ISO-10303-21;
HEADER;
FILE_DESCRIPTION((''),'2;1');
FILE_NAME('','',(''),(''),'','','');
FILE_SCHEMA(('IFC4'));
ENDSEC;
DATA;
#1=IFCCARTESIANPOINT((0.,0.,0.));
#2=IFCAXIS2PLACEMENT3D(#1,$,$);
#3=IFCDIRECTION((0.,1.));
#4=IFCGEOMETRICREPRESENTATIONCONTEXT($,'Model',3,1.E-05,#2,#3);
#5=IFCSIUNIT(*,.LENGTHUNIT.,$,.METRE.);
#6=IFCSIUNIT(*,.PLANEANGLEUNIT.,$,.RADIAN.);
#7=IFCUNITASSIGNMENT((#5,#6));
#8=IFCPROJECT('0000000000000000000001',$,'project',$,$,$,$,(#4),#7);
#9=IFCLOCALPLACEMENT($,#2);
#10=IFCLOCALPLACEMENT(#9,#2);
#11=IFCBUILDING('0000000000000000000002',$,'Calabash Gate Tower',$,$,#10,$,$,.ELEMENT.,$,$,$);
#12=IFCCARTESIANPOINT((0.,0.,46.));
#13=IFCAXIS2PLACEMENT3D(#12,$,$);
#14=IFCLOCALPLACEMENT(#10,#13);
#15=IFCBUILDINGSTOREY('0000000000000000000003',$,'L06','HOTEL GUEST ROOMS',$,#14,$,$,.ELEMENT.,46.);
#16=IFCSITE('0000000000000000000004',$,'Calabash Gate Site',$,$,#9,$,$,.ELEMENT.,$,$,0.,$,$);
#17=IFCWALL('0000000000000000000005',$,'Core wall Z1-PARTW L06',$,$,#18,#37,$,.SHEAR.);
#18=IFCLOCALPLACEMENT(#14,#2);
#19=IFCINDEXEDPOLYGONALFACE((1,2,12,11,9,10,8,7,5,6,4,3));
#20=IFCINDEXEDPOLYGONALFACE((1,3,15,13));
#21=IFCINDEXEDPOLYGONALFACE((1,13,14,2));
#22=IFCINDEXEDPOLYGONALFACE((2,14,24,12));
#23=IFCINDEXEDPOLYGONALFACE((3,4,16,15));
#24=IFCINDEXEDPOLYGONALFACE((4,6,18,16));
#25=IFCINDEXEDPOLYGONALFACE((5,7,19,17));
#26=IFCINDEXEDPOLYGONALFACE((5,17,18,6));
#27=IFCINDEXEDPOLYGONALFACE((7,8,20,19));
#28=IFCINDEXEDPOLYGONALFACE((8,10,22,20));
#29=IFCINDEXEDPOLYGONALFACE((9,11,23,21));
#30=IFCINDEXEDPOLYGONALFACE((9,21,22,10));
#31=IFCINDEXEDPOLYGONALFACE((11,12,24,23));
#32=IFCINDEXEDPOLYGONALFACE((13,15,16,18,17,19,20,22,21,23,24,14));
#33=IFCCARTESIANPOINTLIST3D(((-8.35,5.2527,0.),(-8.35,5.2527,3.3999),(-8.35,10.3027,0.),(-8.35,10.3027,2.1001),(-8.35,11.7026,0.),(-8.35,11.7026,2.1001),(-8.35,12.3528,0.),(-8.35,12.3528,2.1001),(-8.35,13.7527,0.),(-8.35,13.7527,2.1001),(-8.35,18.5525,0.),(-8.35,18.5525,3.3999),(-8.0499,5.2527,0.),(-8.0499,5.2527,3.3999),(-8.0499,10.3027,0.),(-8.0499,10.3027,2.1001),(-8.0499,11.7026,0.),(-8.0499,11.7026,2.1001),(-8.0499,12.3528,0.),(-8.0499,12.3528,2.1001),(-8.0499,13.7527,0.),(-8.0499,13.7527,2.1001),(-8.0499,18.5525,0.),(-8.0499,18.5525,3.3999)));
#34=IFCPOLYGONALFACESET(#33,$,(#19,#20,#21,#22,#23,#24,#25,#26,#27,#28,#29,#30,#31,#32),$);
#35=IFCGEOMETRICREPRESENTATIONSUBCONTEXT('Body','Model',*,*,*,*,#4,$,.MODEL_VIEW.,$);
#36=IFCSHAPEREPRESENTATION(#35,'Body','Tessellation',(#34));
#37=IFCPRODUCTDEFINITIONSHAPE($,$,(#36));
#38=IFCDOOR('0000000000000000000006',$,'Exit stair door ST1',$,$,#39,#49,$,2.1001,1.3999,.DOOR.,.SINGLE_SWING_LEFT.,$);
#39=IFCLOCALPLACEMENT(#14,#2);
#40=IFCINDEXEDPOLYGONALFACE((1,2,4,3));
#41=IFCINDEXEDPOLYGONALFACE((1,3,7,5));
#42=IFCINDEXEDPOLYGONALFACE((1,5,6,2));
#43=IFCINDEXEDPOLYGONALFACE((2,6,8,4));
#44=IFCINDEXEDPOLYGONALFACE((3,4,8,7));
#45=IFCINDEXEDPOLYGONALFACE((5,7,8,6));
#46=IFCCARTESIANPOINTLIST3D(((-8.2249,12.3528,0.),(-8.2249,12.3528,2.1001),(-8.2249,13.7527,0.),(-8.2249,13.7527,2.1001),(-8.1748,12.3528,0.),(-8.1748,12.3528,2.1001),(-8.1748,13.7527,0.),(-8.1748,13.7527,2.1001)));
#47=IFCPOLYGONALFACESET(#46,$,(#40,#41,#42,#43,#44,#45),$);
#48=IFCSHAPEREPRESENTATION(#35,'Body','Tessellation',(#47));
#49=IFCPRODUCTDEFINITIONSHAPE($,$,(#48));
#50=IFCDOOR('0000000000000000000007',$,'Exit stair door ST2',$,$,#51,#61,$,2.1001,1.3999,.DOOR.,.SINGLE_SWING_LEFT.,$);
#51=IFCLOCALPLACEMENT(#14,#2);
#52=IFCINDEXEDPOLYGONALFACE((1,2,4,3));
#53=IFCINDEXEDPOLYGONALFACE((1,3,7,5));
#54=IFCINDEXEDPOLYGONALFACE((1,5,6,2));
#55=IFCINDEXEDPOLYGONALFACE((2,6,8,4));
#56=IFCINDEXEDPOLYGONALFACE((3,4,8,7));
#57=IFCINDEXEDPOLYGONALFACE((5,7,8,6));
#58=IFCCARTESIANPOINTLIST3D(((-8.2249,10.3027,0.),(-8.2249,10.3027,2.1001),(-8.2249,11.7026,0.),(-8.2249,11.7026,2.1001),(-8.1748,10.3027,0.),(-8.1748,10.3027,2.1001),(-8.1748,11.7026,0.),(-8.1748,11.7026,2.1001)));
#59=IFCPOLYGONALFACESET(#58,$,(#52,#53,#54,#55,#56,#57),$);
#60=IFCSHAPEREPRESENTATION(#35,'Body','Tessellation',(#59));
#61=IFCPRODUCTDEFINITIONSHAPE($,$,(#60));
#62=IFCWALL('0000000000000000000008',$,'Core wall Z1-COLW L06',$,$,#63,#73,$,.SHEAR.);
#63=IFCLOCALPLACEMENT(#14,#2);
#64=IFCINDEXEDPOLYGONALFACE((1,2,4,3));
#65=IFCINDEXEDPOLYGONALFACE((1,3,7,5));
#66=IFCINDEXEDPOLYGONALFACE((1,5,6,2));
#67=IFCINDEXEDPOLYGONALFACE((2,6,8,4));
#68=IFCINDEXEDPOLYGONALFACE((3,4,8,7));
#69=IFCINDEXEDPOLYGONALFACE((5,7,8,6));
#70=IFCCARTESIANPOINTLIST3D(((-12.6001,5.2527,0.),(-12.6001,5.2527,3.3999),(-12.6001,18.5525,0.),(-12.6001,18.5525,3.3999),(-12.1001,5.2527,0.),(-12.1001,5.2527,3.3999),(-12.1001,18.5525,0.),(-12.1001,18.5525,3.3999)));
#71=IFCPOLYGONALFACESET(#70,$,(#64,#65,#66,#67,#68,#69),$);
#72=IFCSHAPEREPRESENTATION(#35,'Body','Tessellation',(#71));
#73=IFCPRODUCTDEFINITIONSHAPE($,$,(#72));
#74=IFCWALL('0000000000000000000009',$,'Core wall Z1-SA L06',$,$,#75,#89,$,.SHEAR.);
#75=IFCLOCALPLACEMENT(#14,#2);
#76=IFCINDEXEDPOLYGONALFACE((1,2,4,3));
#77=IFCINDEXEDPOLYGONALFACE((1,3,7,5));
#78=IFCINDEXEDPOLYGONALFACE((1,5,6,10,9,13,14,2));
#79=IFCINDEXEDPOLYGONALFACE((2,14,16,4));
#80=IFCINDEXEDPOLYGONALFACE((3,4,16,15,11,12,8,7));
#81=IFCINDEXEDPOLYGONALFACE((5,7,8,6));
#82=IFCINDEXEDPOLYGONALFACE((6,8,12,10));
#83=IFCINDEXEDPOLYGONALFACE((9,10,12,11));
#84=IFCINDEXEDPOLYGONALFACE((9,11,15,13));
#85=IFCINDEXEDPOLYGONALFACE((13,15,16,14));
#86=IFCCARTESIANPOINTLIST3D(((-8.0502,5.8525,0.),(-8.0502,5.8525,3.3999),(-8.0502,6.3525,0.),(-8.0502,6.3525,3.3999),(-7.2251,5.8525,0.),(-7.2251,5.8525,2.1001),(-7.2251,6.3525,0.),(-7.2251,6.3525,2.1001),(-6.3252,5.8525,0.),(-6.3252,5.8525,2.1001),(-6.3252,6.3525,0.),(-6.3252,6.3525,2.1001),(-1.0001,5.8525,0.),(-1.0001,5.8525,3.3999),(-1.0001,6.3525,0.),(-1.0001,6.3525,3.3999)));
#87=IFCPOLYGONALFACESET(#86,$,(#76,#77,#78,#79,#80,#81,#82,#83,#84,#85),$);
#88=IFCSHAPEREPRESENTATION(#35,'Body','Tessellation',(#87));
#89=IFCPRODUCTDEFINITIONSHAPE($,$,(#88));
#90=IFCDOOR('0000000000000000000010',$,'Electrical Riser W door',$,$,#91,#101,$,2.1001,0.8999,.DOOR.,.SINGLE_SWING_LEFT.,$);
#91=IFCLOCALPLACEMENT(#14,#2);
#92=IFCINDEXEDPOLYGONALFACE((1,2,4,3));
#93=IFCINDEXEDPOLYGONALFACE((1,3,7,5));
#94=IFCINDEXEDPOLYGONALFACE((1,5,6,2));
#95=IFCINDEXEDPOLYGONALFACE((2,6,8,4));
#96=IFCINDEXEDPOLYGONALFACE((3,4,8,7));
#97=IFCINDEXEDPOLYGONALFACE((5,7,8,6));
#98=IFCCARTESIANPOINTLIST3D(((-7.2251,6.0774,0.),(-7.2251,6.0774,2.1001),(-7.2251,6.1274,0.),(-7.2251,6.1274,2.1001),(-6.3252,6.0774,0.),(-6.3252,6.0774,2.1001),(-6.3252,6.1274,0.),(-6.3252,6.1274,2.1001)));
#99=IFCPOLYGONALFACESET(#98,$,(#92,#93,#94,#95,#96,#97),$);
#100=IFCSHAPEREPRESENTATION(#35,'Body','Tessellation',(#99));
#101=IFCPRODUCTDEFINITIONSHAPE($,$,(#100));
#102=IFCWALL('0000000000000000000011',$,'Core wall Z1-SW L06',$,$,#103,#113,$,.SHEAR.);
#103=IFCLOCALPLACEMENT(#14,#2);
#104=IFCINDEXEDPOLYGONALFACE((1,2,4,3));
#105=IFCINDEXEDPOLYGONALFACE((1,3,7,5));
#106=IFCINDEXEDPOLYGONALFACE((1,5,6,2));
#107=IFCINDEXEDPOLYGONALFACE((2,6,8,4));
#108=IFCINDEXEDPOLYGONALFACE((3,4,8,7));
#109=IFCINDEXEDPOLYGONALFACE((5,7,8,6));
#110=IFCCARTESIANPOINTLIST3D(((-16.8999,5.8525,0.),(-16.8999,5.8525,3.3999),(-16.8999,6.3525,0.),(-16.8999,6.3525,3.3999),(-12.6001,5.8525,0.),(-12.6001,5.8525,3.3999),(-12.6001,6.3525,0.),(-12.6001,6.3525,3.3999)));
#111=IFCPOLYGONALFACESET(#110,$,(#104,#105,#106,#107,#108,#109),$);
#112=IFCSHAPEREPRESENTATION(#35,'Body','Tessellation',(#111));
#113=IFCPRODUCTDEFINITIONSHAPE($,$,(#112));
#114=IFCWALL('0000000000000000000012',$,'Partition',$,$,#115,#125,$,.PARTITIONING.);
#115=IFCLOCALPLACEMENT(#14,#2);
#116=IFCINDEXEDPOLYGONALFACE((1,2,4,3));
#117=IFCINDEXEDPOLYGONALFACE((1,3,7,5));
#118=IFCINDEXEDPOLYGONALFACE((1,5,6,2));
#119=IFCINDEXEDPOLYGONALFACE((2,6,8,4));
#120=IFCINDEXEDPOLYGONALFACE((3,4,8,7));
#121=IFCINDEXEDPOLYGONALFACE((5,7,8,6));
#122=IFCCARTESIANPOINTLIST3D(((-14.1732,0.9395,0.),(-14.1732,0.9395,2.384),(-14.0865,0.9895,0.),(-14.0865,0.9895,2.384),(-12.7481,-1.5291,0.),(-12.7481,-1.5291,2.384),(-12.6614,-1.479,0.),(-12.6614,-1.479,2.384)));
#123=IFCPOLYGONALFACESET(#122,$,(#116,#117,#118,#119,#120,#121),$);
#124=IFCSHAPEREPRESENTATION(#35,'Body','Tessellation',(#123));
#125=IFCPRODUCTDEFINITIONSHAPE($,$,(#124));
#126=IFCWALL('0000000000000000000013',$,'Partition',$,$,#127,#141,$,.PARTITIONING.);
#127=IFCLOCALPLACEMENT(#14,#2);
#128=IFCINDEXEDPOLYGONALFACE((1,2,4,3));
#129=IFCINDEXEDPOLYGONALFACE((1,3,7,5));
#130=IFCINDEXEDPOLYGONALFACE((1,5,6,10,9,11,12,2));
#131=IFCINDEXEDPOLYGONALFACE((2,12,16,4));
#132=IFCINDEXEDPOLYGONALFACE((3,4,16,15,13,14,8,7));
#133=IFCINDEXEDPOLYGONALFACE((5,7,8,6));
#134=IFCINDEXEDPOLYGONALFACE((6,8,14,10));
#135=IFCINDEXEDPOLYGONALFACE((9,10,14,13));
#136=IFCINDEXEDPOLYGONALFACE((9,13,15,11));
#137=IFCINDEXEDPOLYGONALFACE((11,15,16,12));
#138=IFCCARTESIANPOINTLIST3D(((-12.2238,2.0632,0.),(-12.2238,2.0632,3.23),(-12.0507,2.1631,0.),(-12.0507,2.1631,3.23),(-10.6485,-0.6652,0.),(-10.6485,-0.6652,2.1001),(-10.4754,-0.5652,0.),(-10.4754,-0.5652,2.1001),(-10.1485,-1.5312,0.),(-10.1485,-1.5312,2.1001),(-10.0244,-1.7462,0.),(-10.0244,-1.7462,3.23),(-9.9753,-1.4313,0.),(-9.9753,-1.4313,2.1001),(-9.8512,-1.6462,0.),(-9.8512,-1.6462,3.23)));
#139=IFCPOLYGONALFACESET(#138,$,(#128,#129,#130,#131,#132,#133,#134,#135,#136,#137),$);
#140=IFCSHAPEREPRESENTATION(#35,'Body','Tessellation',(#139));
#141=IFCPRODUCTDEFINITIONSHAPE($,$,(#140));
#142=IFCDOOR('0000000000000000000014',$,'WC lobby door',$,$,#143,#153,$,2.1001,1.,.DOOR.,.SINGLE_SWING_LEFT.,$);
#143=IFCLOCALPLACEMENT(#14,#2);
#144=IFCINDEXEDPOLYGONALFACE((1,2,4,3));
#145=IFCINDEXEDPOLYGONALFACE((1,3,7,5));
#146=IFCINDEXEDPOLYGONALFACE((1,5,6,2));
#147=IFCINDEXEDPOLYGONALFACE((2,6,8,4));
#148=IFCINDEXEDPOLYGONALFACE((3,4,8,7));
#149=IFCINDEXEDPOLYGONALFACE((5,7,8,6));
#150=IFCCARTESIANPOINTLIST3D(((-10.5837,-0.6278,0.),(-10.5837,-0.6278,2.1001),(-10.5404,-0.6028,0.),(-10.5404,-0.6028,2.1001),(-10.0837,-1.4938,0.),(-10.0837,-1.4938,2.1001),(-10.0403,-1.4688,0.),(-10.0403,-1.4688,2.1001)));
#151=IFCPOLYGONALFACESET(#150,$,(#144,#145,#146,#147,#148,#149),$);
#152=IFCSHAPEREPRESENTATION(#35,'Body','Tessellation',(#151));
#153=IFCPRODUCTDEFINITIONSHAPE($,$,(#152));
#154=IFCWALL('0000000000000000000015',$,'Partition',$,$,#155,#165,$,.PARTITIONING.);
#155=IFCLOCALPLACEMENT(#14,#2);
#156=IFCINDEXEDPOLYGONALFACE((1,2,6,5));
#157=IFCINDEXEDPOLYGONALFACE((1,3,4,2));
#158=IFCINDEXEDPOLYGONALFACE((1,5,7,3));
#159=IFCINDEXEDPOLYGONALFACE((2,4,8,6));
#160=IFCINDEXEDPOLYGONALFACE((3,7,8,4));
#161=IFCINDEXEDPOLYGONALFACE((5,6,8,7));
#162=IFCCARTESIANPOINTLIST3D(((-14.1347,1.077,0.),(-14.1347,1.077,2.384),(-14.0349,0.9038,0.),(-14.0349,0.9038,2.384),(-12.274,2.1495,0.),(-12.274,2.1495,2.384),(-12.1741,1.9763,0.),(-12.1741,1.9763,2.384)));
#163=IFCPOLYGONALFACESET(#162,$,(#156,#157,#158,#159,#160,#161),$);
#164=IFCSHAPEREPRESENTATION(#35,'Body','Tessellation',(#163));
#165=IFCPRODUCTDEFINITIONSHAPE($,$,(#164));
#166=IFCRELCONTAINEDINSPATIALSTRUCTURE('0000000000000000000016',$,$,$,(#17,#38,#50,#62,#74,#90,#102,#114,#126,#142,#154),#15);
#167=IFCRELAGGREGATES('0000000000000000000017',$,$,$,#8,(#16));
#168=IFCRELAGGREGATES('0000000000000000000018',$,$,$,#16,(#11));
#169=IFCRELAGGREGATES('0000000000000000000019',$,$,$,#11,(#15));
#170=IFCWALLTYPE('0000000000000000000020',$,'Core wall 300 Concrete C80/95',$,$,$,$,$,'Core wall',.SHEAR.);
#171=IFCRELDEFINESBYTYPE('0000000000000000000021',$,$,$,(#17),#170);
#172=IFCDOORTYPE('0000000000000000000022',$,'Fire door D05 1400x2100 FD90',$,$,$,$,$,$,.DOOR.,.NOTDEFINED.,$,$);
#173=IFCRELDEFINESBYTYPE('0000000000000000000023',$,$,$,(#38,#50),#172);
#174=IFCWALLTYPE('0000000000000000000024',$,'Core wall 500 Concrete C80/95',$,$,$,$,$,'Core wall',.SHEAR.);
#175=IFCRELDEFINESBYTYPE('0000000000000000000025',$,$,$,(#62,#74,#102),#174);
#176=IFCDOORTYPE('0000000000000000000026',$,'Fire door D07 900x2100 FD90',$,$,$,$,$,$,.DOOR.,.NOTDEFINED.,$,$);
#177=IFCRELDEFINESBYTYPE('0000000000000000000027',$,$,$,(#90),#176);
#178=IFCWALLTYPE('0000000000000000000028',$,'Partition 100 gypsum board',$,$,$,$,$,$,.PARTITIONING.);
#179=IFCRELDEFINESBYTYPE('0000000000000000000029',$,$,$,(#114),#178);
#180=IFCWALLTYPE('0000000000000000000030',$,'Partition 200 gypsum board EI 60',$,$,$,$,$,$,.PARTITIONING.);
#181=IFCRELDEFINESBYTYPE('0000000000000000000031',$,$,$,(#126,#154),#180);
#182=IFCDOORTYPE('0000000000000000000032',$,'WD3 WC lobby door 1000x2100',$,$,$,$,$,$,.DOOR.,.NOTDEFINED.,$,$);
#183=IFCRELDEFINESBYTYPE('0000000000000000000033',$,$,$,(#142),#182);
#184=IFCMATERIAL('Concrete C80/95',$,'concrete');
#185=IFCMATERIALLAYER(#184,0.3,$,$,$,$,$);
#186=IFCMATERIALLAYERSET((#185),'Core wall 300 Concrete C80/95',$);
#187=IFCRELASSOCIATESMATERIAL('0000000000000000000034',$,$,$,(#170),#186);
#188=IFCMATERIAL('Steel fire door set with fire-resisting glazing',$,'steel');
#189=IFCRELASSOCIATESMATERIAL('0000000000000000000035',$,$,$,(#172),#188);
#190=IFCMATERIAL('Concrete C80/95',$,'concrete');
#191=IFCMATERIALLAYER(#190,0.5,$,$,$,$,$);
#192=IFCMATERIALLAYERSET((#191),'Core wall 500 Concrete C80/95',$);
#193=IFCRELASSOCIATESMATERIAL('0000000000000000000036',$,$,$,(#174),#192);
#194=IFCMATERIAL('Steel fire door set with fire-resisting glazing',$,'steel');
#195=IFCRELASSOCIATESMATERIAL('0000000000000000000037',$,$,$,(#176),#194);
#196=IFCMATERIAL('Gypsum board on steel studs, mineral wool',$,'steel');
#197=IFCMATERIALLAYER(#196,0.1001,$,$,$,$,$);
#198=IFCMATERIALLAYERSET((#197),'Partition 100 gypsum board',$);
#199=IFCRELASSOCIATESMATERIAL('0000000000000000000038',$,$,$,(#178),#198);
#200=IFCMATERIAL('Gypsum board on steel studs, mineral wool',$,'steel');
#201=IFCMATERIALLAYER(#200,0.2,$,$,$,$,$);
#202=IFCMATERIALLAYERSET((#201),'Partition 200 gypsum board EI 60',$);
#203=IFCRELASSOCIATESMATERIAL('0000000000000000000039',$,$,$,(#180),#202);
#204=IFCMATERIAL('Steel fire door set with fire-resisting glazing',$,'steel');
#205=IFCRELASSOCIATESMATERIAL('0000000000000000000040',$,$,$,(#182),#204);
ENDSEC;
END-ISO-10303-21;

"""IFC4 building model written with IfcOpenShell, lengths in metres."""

from ifc_helpers import new_model, si_unit, direction, frame, frame_2d, origin, place, context, subcontext, project, spatial, rectangle, extrude, material, layer, layer_set, type_object, element, fill, save


model = new_model("IFC4")

# Units and contexts
model_context = context("Model", 3, precision=1e-05, world=origin(), true_north=direction((0.0, 1.0)))
body_context = subcontext(model_context, "Body", "Model", "MODEL_VIEW")
ifc_project = project(units=[si_unit("LENGTHUNIT", "METRE"), si_unit("PLANEANGLEUNIT", "RADIAN")], contexts=[model_context])

# Site, building, storey
site_placement = place(None, origin())
site = spatial("IfcSite", under=ifc_project, at=site_placement, Name="Calabash Gate Site", CompositionType="ELEMENT", RefElevation=0.0)
building_placement = place(site_placement, origin())
building = spatial("IfcBuilding", under=site, at=building_placement, Name="Calabash Gate Tower", CompositionType="ELEMENT")
storey_placement = place(building_placement, frame((0.0, 0.0, 46.0)))
storey = spatial("IfcBuildingStorey", under=building, at=storey_placement, Name="L06", Description="HOTEL GUEST ROOMS", CompositionType="ELEMENT", Elevation=46.0)

# Wall, openings, doors
ifc_material_1 = material(Name="Concrete C80/95", Category="concrete")
ifc_layer_1 = layer(ifc_material_1, 0.3)
ifc_layer_set_1 = layer_set([ifc_layer_1], Name="Core wall 300 Concrete C80/95")
wall_type_1 = type_object("IfcWallType", Name="Core wall 300 Concrete C80/95", ElementType="Core wall", PredefinedType="SHEAR", material=ifc_layer_set_1)
wall_1_placement = place(storey_placement, frame((-8.2, 5.2527, 0.0), z_axis=(0.0, 0.0, 1.0), x_axis=(0.0, 1.0, 0.0)))
wall_1 = element("IfcWall", 1, at=wall_1_placement, inside=storey, type_object=wall_type_1, Name="Core wall Z1-PARTW L06", PredefinedType="SHEAR", context=body_context, shape_type="SweptSolid", body=[
    extrude(rectangle(XDim=13.2998, YDim=0.3, at=frame_2d((6.6499, 0.0))), origin(), (0.0, 0.0, 1.0), 3.3999),
])
opening_1_placement = place(wall_1_placement, frame((7.1001, 0.0, 0.0)))
opening_1 = element("IfcOpeningElement", 2, at=opening_1_placement, cuts=wall_1, PredefinedType="OPENING", context=body_context, shape_type="SweptSolid", body=[
    extrude(rectangle(XDim=1.3999, YDim=2.1001, at=frame_2d((0.7, 1.05))), frame((0.0, 0.1599, 0.0), z_axis=(0.0, -1.0, 0.0), x_axis=(1.0, 0.0, 0.0)), (0.0, 0.0, 1.0), 0.3201),
])
opening_2_placement = place(wall_1_placement, frame((5.05, 0.0, 0.0)))
opening_2 = element("IfcOpeningElement", 3, at=opening_2_placement, cuts=wall_1, PredefinedType="OPENING", context=body_context, shape_type="SweptSolid", body=[
    extrude(rectangle(XDim=1.3999, YDim=2.1001, at=frame_2d((0.7, 1.05))), frame((0.0, 0.1599, 0.0), z_axis=(0.0, -1.0, 0.0), x_axis=(1.0, 0.0, 0.0)), (0.0, 0.0, 1.0), 0.3201),
])
ifc_material_2 = material(Name="Steel fire door set with fire-resisting glazing", Category="steel")
door_type_1 = type_object("IfcDoorType", Name="Fire door D05 1400x2100 FD90", OperationType="NOTDEFINED", PredefinedType="DOOR", material=ifc_material_2)
door_1_placement = place(opening_1_placement, origin())
door_1 = element("IfcDoor", 4, at=door_1_placement, inside=storey, type_object=door_type_1, Name="Exit stair door ST1", OperationType="SINGLE_SWING_LEFT", OverallHeight=2.1001, OverallWidth=1.3999, PredefinedType="DOOR", context=body_context, shape_type="SweptSolid", body=[
    extrude(rectangle(XDim=1.3999, YDim=2.1001, at=frame_2d((0.7, 1.05))), frame((0.0, 0.0249, 0.0), z_axis=(0.0, -1.0, 0.0), x_axis=(1.0, 0.0, 0.0)), (0.0, 0.0, 1.0), 0.05),
])
fill(opening_1, door_1)
door_2_placement = place(opening_2_placement, origin())
door_2 = element("IfcDoor", 5, at=door_2_placement, inside=storey, type_object=door_type_1, Name="Exit stair door ST2", OperationType="SINGLE_SWING_LEFT", OverallHeight=2.1001, OverallWidth=1.3999, PredefinedType="DOOR", context=body_context, shape_type="SweptSolid", body=[
    extrude(rectangle(XDim=1.3999, YDim=2.1001, at=frame_2d((0.7, 1.05))), frame((0.0, 0.0249, 0.0), z_axis=(0.0, -1.0, 0.0), x_axis=(1.0, 0.0, 0.0)), (0.0, 0.0, 1.0), 0.05),
])
fill(opening_2, door_2)

# Wall
ifc_material_3 = material(Name="Concrete C80/95", Category="concrete")
ifc_layer_2 = layer(ifc_material_3, 0.5)
ifc_layer_set_2 = layer_set([ifc_layer_2], Name="Core wall 500 Concrete C80/95")
wall_type_2 = type_object("IfcWallType", Name="Core wall 500 Concrete C80/95", ElementType="Core wall", PredefinedType="SHEAR", material=ifc_layer_set_2)
wall_2_placement = place(storey_placement, frame((-12.3501, 5.2527, 0.0), z_axis=(0.0, 0.0, 1.0), x_axis=(0.0, 1.0, 0.0)))
element("IfcWall", 6, at=wall_2_placement, inside=storey, type_object=wall_type_2, Name="Core wall Z1-COLW L06", PredefinedType="SHEAR", context=body_context, shape_type="SweptSolid", body=[
    extrude(rectangle(XDim=13.2998, YDim=0.5, at=frame_2d((6.6499, 0.0))), origin(), (0.0, 0.0, 1.0), 3.3999),
])

# Wall, opening, door
wall_3_placement = place(storey_placement, frame((-8.05, 6.1025, 0.0), z_axis=(0.0, 0.0, 1.0), x_axis=(1.0, 0.0, 0.0)))
wall_3 = element("IfcWall", 7, at=wall_3_placement, inside=storey, type_object=wall_type_2, Name="Core wall Z1-SA L06", PredefinedType="SHEAR", context=body_context, shape_type="SweptSolid", body=[
    extrude(rectangle(XDim=7.05, YDim=0.5, at=frame_2d((3.5249, 0.0))), origin(), (0.0, 0.0, 1.0), 3.3999),
])
opening_3_placement = place(wall_3_placement, frame((0.825, 0.0, 0.0)))
opening_3 = element("IfcOpeningElement", 8, at=opening_3_placement, cuts=wall_3, PredefinedType="OPENING", context=body_context, shape_type="SweptSolid", body=[
    extrude(rectangle(XDim=0.8999, YDim=2.1001, at=frame_2d((0.45, 1.05))), frame((0.0, 0.26, 0.0), z_axis=(0.0, -1.0, 0.0), x_axis=(1.0, 0.0, 0.0)), (0.0, 0.0, 1.0), 0.52),
])
ifc_material_4 = material(Name="Steel fire door set with fire-resisting glazing", Category="steel")
door_type_2 = type_object("IfcDoorType", Name="Fire door D07 900x2100 FD90", OperationType="NOTDEFINED", PredefinedType="DOOR", material=ifc_material_4)
door_3_placement = place(opening_3_placement, origin())
door_3 = element("IfcDoor", 9, at=door_3_placement, inside=storey, type_object=door_type_2, Name="Electrical Riser W door", OperationType="SINGLE_SWING_LEFT", OverallHeight=2.1001, OverallWidth=0.8999, PredefinedType="DOOR", context=body_context, shape_type="SweptSolid", body=[
    extrude(rectangle(XDim=0.8999, YDim=2.1001, at=frame_2d((0.45, 1.05))), frame((0.0, 0.0249, 0.0), z_axis=(0.0, -1.0, 0.0), x_axis=(1.0, 0.0, 0.0)), (0.0, 0.0, 1.0), 0.05),
])
fill(opening_3, door_3)

# Walls
wall_4_placement = place(storey_placement, frame((-12.6001, 6.1025, 0.0), z_axis=(0.0, 0.0, 1.0), x_axis=(-1.0, 0.0, 0.0)))
element("IfcWall", 10, at=wall_4_placement, inside=storey, type_object=wall_type_2, Name="Core wall Z1-SW L06", PredefinedType="SHEAR", context=body_context, shape_type="SweptSolid", body=[
    extrude(rectangle(XDim=4.2998, YDim=0.5, at=frame_2d((2.1499, 0.0))), origin(), (0.0, 0.0, 1.0), 3.3999),
])
ifc_material_5 = material(Name="Gypsum board on steel studs, mineral wool", Category="steel")
ifc_layer_3 = layer(ifc_material_5, 0.1001)
ifc_layer_set_3 = layer_set([ifc_layer_3], Name="Partition 100 gypsum board")
wall_type_3 = type_object("IfcWallType", Name="Partition 100 gypsum board", PredefinedType="PARTITIONING", material=ifc_layer_set_3)
wall_5_placement = place(storey_placement, frame((-14.1299, 0.9646, 0.0), z_axis=(0.0, 0.0, 1.0), x_axis=(0.499962, -0.866047, 0.0)))
element("IfcWall", 11, at=wall_5_placement, inside=storey, type_object=wall_type_3, Name="Partition", PredefinedType="PARTITIONING", context=body_context, shape_type="SweptSolid", body=[
    extrude(rectangle(XDim=2.8503, YDim=0.1001, at=frame_2d((1.4253, 0.0))), origin(), (0.0, 0.0, 1.0), 2.384),
])

# Wall, opening, door
ifc_material_6 = material(Name="Gypsum board on steel studs, mineral wool", Category="steel")
ifc_layer_4 = layer(ifc_material_6, 0.2)
ifc_layer_set_4 = layer_set([ifc_layer_4], Name="Partition 200 gypsum board EI 60")
wall_type_4 = type_object("IfcWallType", Name="Partition 200 gypsum board EI 60", PredefinedType="PARTITIONING", material=ifc_layer_set_4)
wall_6_placement = place(storey_placement, frame((-12.1372, 2.113, 0.0), z_axis=(0.0, 0.0, 1.0), x_axis=(0.500025, -0.866011, 0.0)))
wall_6 = element("IfcWall", 12, at=wall_6_placement, inside=storey, type_object=wall_type_4, Name="Partition", PredefinedType="PARTITIONING", context=body_context, shape_type="SweptSolid", body=[
    extrude(rectangle(XDim=4.3987, YDim=0.2, at=frame_2d((2.1992, 0.0))), origin(), (0.0, 0.0, 1.0), 3.23),
])
opening_4_placement = place(wall_6_placement, frame((3.1504, 0.0, 0.0)))
opening_4 = element("IfcOpeningElement", 13, at=opening_4_placement, cuts=wall_6, PredefinedType="OPENING", context=body_context, shape_type="SweptSolid", body=[
    extrude(rectangle(XDim=1.0, YDim=2.1001, at=frame_2d((0.5, 1.05))), frame((0.0, 0.1099, 0.0), z_axis=(0.0, -1.0, 0.0), x_axis=(1.0, 0.0, 0.0)), (0.0, 0.0, 1.0), 0.22),
])
ifc_material_7 = material(Name="Steel fire door set with fire-resisting glazing", Category="steel")
door_type_3 = type_object("IfcDoorType", Name="WD3 WC lobby door 1000x2100", OperationType="NOTDEFINED", PredefinedType="DOOR", material=ifc_material_7)
door_4_placement = place(opening_4_placement, origin())
door_4 = element("IfcDoor", 14, at=door_4_placement, inside=storey, type_object=door_type_3, Name="WC lobby door", OperationType="SINGLE_SWING_LEFT", OverallHeight=2.1001, OverallWidth=1.0, PredefinedType="DOOR", context=body_context, shape_type="SweptSolid", body=[
    extrude(rectangle(XDim=1.0, YDim=2.1001, at=frame_2d((0.5, 1.05))), frame((0.0, 0.0249, 0.0), z_axis=(0.0, -1.0, 0.0), x_axis=(1.0, 0.0, 0.0)), (0.0, 0.0, 1.0), 0.05),
])
fill(opening_4, door_4)

# Wall
wall_7_placement = place(storey_placement, frame((-14.0847, 0.9905, 0.0), z_axis=(0.0, 0.0, 1.0), x_axis=(0.866397, 0.499355, 0.0)))
element("IfcWall", 15, at=wall_7_placement, inside=storey, type_object=wall_type_4, Name="Partition", PredefinedType="PARTITIONING", context=body_context, shape_type="SweptSolid", body=[
    extrude(rectangle(XDim=2.1477, YDim=0.2, at=frame_2d((1.0737, 0.0))), origin(), (0.0, 0.0, 1.0), 2.384),
])

save(model, "model.ifc")
